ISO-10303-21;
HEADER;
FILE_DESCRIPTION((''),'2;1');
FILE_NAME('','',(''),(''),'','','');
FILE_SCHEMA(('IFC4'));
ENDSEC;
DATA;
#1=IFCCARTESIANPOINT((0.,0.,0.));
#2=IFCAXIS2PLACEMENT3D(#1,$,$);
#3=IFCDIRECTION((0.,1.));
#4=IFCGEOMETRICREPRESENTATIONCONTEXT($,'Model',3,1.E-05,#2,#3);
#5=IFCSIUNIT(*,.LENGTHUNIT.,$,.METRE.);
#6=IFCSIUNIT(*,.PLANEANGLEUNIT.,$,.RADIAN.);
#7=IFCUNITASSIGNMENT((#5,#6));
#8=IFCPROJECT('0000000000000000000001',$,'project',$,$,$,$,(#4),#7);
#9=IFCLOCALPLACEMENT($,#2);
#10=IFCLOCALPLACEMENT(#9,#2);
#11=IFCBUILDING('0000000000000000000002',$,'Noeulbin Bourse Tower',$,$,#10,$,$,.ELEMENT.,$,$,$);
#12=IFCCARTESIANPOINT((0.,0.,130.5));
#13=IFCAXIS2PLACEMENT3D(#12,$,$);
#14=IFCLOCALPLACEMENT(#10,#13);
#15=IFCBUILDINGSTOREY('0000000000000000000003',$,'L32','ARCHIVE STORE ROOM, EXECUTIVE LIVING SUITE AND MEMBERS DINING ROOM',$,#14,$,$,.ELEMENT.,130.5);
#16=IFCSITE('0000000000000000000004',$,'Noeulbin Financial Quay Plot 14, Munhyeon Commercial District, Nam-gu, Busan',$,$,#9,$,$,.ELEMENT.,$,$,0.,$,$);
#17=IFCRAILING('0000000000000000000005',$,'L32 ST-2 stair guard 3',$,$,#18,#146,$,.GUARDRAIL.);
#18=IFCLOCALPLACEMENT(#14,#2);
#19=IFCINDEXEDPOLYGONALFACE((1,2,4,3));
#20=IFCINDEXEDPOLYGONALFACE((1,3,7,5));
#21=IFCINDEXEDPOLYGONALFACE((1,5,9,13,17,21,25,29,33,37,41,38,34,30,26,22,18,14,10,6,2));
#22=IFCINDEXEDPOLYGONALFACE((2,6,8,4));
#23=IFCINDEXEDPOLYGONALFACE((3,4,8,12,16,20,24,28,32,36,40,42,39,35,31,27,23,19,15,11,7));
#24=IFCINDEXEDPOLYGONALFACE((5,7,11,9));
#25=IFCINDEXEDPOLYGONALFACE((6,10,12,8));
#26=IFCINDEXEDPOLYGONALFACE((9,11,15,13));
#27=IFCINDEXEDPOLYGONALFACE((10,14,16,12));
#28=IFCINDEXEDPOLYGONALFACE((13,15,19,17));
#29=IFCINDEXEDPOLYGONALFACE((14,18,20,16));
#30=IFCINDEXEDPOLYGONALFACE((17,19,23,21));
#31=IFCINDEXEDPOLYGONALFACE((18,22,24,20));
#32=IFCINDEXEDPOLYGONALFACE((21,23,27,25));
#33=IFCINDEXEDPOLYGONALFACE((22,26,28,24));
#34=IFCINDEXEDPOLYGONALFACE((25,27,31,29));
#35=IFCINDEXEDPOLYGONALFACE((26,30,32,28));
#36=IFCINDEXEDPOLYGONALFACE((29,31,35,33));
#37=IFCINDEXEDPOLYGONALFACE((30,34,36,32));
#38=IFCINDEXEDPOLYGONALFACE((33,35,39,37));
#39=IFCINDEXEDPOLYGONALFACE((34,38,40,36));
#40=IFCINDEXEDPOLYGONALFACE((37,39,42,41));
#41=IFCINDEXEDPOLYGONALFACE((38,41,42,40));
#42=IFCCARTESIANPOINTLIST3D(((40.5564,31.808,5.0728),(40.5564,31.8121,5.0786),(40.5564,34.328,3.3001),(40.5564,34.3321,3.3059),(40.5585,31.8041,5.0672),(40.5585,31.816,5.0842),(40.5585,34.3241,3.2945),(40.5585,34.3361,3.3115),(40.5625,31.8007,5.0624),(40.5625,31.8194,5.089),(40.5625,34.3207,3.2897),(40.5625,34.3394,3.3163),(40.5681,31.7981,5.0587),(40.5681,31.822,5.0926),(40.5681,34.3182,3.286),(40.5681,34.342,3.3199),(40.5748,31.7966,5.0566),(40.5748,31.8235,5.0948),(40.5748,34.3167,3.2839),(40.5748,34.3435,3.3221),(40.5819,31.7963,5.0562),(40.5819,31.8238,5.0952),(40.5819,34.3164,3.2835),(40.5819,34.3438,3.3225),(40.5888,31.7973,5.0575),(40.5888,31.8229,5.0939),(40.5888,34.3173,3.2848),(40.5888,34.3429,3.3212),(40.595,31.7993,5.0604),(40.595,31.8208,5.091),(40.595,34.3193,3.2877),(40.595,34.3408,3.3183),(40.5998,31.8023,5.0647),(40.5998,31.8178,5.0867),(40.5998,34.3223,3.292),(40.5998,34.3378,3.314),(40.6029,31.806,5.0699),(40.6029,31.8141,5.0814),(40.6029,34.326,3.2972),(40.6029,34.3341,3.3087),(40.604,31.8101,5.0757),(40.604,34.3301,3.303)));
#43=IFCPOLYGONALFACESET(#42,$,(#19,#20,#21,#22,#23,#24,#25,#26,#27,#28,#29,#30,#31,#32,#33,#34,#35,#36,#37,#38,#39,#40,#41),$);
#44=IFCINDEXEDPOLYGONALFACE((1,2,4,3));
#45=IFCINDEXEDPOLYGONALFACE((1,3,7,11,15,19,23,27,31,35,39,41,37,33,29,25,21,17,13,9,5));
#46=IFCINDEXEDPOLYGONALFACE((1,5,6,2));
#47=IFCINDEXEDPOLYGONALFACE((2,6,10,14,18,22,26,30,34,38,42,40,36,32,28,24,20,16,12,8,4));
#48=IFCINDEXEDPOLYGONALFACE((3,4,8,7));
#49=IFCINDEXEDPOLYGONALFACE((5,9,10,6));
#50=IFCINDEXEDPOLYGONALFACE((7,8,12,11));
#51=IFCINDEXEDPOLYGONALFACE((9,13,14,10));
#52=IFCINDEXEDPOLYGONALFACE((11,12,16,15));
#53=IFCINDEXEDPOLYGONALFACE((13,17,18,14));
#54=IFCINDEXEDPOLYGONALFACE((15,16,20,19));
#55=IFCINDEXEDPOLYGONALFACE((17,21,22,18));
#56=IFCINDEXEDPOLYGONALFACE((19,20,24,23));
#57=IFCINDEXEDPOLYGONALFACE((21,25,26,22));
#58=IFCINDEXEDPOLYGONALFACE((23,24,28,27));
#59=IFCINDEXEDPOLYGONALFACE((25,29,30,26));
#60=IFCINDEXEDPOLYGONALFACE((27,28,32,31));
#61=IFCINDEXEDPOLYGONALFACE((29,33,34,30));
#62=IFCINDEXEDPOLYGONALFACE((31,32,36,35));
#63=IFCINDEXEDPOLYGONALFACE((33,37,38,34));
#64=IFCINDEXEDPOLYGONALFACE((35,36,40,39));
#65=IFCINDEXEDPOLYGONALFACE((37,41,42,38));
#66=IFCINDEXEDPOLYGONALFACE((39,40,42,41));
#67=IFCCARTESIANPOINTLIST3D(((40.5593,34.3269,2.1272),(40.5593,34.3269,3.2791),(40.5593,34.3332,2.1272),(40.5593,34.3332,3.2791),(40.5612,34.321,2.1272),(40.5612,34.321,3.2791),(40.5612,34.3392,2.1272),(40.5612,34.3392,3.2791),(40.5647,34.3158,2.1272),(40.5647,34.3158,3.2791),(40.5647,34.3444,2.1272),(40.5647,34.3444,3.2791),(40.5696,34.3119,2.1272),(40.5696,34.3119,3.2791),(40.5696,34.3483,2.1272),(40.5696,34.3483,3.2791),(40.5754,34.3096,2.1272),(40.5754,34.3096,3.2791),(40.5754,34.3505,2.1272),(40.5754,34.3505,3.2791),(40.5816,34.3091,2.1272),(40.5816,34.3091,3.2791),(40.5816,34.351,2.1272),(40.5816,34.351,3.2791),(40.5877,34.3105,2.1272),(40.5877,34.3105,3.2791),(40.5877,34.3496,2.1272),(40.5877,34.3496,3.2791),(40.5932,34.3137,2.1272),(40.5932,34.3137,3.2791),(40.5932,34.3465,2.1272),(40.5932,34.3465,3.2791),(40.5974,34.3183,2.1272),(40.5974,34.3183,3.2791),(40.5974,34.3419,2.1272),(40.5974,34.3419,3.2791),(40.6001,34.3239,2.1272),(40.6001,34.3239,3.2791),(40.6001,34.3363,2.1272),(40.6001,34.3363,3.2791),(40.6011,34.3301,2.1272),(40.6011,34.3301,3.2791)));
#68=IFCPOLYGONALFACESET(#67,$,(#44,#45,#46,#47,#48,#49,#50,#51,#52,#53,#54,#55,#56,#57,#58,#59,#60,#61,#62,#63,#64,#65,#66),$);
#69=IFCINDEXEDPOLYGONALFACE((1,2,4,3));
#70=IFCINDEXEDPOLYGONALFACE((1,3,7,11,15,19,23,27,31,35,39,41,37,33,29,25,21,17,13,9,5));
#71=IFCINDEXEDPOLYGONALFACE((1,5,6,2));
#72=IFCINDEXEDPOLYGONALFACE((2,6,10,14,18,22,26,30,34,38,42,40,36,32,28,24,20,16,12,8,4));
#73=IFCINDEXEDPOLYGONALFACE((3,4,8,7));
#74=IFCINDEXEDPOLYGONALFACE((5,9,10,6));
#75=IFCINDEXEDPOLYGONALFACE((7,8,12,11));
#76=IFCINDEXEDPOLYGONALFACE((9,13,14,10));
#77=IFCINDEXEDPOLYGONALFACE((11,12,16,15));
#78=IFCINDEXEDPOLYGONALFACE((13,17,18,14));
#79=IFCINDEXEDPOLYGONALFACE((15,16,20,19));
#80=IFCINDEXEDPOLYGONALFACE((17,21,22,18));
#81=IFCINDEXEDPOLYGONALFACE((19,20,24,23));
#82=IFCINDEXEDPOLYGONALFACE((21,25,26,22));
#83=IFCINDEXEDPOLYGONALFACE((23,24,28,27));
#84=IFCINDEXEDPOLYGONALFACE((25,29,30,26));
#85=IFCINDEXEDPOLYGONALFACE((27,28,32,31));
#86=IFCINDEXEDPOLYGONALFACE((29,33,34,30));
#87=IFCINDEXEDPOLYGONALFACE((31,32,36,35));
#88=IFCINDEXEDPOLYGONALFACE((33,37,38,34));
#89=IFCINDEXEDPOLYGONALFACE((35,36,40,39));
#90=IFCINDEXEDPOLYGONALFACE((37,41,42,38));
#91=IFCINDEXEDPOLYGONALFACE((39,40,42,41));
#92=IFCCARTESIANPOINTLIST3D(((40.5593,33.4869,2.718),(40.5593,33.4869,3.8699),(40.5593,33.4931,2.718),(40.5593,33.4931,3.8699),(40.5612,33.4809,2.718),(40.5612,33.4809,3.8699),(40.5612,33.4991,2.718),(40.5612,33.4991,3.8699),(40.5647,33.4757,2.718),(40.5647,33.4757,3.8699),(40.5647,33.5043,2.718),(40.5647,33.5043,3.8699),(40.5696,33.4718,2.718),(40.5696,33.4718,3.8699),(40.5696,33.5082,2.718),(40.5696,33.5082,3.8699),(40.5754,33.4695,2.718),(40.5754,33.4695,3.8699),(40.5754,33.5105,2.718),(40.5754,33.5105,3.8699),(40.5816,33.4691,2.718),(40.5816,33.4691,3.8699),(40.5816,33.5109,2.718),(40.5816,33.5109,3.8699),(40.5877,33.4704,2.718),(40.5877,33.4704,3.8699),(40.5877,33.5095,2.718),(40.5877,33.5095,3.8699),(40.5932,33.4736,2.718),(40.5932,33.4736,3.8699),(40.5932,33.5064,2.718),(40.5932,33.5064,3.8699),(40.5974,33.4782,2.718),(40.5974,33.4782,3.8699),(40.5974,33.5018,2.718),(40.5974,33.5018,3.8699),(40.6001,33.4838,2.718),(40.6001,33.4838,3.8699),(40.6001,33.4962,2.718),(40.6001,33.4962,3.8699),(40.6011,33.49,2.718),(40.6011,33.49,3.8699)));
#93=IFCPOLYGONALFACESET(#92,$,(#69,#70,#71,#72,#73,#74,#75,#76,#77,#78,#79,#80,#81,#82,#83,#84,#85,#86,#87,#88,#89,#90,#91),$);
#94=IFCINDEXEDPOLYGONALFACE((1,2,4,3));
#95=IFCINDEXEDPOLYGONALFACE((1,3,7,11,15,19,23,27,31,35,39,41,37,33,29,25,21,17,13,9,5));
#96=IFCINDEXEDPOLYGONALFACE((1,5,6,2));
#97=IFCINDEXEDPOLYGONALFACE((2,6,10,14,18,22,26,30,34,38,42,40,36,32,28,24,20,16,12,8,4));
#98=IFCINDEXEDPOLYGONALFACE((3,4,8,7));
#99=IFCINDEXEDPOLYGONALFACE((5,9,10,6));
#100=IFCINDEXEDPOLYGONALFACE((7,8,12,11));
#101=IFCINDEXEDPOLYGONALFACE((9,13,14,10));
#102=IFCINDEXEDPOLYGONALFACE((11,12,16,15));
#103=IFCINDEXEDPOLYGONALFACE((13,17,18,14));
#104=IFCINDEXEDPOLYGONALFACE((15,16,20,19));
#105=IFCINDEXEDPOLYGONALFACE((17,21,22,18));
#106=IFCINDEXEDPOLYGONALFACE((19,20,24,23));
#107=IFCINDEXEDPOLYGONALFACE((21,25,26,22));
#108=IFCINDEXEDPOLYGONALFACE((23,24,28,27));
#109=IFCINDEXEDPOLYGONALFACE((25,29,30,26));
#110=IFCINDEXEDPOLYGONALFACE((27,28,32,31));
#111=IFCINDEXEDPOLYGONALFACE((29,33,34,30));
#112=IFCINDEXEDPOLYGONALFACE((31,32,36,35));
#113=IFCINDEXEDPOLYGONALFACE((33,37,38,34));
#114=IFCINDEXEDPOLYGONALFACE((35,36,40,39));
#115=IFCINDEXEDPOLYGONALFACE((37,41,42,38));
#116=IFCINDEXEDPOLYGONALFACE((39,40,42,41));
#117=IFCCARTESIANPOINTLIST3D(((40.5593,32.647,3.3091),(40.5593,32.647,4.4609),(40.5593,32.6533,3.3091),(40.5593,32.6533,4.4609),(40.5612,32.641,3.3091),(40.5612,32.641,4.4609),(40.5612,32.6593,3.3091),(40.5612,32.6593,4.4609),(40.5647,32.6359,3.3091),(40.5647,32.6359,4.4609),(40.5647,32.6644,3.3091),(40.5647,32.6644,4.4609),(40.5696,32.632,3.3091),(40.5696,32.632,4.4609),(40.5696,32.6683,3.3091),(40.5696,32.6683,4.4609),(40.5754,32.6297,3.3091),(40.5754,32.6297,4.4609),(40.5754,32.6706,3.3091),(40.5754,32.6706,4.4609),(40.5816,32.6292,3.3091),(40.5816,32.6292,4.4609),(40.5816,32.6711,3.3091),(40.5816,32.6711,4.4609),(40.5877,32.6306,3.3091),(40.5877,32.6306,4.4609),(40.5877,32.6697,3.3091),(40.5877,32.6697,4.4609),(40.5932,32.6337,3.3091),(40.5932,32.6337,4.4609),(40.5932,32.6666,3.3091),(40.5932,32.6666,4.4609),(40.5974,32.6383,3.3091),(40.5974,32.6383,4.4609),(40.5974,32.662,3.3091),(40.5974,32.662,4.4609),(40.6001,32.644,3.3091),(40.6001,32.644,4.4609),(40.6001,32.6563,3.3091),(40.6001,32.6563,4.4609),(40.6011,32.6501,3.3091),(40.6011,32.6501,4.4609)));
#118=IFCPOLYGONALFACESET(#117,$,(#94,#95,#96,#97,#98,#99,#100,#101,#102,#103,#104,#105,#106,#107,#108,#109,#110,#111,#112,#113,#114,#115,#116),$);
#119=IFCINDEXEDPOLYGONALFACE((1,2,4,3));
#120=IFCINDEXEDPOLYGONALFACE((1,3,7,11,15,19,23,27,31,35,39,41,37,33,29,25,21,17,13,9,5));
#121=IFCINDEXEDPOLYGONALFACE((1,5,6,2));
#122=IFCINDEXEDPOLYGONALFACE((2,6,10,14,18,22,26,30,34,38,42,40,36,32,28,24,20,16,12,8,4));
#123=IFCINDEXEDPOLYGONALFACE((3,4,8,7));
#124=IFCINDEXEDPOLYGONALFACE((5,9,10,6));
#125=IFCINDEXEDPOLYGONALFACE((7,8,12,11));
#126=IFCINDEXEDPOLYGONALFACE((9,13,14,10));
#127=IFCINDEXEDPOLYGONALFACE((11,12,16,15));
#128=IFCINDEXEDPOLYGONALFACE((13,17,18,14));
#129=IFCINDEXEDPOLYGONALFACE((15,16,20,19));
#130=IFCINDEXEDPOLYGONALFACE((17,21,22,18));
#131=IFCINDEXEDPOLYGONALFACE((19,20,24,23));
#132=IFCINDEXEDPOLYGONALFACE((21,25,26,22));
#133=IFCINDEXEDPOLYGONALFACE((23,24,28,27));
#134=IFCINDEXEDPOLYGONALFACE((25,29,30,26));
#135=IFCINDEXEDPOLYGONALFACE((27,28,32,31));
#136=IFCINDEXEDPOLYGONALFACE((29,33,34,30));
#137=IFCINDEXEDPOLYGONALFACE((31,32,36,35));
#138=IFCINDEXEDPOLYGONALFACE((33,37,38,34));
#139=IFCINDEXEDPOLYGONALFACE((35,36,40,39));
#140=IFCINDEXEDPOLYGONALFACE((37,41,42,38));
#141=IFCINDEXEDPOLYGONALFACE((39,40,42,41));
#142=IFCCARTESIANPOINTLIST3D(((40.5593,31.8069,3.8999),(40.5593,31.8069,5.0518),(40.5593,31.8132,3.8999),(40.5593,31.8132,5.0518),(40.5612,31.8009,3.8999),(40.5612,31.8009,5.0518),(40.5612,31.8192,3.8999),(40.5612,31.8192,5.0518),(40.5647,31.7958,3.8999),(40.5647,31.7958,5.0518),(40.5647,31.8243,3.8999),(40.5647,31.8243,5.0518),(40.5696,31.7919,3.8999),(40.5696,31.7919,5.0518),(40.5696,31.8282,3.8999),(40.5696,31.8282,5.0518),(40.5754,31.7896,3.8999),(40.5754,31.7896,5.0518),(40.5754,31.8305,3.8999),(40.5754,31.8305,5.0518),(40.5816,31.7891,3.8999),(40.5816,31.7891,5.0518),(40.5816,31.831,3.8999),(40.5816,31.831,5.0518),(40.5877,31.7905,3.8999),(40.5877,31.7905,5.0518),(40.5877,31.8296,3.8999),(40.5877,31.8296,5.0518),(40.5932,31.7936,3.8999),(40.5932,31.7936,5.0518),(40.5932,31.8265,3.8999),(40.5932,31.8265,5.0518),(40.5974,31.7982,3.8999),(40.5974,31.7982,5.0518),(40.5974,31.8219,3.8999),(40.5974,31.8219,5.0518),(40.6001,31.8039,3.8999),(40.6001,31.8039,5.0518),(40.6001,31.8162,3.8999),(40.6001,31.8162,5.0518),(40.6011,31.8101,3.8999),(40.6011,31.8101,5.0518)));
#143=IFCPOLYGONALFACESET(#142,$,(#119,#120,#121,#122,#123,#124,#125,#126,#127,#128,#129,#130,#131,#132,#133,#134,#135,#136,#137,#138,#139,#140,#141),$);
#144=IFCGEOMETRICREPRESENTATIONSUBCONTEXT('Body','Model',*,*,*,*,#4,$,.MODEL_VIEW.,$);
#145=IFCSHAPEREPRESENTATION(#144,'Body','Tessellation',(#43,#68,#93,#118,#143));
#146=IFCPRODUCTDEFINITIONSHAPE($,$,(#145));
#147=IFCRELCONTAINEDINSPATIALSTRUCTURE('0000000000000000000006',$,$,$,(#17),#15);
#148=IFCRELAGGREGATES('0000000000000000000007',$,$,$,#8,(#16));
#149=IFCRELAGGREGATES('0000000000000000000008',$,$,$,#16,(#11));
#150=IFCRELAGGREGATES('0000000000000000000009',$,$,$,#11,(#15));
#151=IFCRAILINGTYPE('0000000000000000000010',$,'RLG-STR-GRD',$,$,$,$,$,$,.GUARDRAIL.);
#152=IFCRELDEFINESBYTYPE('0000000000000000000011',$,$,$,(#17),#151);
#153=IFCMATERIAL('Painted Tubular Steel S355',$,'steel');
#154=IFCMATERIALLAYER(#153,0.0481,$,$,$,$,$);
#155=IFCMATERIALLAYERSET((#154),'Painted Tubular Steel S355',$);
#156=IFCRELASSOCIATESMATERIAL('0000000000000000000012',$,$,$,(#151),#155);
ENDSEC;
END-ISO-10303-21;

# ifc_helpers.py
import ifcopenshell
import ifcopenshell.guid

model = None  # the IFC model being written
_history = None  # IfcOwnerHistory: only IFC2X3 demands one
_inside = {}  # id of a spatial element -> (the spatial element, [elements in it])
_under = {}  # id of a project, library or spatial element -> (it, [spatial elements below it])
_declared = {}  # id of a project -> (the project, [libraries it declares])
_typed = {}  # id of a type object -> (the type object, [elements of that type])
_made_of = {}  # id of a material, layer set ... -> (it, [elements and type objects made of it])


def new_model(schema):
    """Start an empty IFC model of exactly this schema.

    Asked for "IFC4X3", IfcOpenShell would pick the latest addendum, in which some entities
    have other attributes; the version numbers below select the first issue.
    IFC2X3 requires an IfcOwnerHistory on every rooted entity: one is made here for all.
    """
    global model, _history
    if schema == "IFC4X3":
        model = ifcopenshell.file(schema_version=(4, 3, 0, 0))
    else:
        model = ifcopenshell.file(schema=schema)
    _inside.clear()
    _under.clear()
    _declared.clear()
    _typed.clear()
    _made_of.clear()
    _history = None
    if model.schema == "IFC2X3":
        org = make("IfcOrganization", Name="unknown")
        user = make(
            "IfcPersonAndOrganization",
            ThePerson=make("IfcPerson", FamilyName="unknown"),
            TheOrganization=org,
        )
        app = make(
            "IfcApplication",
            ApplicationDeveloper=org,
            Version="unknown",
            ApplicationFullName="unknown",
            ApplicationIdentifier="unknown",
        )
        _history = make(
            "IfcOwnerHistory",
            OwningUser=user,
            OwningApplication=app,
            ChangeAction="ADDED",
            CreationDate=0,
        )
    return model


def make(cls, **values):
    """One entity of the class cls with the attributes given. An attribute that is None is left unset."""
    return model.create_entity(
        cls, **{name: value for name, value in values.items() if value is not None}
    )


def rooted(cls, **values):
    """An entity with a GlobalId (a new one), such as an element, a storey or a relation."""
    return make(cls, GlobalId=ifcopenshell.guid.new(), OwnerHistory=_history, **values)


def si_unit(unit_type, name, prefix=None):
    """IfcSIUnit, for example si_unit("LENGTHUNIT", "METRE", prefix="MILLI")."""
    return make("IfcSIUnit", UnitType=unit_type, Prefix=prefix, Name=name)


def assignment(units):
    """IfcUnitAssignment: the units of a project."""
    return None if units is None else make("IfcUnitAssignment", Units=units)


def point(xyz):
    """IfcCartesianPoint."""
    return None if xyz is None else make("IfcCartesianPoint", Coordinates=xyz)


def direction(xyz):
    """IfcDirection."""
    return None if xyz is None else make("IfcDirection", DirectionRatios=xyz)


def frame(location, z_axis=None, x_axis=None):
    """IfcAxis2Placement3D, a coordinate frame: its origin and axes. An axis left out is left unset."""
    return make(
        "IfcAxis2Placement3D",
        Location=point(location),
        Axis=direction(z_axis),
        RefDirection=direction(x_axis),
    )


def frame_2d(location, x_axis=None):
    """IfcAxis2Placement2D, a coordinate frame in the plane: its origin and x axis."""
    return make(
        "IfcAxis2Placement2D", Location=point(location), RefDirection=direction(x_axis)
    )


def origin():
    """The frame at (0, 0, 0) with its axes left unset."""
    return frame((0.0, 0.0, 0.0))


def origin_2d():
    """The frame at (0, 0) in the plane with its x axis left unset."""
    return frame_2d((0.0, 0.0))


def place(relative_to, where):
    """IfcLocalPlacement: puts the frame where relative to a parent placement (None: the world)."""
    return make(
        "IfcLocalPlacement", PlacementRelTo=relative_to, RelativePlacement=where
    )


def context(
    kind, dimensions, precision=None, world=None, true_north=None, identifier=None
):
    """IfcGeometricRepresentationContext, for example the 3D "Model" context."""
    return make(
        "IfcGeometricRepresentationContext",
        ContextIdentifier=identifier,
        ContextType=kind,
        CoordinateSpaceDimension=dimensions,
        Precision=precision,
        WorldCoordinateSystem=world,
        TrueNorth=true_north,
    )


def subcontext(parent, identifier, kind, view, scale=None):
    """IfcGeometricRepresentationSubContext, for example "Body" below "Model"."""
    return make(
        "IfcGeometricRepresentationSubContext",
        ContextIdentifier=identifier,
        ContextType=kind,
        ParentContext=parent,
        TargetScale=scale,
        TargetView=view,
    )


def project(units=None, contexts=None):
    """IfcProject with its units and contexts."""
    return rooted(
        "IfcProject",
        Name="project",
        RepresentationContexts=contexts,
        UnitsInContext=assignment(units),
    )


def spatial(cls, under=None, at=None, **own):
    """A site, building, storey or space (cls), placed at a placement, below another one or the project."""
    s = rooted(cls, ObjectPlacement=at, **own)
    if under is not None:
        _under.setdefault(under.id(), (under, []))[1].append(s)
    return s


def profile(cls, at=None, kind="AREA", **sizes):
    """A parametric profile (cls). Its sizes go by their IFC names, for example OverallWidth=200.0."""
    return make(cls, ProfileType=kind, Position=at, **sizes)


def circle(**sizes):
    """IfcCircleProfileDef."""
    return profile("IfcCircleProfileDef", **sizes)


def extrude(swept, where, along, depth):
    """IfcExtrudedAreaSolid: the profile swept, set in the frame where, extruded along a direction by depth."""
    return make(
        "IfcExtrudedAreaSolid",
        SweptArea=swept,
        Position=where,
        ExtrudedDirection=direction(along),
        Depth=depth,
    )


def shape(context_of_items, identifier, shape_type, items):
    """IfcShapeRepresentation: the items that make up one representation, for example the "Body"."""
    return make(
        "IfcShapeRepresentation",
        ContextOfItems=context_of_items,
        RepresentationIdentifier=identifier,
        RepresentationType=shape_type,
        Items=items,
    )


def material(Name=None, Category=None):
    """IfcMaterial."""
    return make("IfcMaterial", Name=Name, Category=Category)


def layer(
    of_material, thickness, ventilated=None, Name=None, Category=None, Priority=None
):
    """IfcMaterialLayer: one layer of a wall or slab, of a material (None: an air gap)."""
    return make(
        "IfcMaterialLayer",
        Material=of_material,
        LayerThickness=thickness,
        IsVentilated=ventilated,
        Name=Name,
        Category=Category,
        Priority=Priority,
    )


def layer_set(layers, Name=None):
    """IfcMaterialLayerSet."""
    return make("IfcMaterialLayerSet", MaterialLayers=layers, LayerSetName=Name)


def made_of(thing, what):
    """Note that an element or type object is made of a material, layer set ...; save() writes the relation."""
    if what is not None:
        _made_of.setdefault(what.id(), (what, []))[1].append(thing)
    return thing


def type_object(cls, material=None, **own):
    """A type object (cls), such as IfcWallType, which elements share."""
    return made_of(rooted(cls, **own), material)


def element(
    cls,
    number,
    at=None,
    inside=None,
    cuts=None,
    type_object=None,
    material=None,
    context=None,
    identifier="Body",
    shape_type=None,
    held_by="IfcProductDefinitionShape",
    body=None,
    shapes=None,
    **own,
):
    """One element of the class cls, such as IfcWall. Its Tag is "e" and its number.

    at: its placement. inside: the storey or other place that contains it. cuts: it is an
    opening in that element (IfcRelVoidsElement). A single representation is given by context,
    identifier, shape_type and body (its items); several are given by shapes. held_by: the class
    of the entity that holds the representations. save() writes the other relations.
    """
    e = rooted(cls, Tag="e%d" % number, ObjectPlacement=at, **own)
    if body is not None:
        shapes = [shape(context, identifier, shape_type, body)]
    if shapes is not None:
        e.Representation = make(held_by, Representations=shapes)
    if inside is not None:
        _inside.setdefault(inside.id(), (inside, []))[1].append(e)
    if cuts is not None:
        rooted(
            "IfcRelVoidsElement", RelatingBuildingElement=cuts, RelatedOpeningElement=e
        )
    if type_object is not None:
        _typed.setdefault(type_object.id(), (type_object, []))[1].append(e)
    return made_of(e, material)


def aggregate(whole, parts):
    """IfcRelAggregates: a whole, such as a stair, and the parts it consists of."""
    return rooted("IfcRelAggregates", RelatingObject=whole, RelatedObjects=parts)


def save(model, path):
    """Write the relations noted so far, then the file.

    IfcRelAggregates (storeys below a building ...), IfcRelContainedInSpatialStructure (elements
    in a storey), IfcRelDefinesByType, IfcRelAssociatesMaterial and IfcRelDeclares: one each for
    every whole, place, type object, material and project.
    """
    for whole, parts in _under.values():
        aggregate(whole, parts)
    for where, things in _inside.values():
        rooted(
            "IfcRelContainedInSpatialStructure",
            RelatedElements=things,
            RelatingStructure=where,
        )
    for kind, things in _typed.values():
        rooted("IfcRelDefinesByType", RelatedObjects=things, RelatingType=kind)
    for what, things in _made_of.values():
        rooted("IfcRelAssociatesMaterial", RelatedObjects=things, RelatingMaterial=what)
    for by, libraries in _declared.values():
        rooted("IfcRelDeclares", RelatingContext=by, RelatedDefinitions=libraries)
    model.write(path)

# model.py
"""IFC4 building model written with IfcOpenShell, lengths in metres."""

from ifc_helpers import new_model, si_unit, direction, frame, origin, origin_2d, place, context, subcontext, project, spatial, circle, extrude, material, layer, layer_set, type_object, element, save


model = new_model("IFC4")

# Units and contexts
model_context = context("Model", 3, precision=1e-05, world=origin(), true_north=direction((0.0, 1.0)))
body_context = subcontext(model_context, "Body", "Model", "MODEL_VIEW")
ifc_project = project(units=[si_unit("LENGTHUNIT", "METRE"), si_unit("PLANEANGLEUNIT", "RADIAN")], contexts=[model_context])

# Site, building, storey
site_placement = place(None, origin())
site = spatial("IfcSite", under=ifc_project, at=site_placement, Name="Noeulbin Financial Quay Plot 14, Munhyeon Commercial District, Nam-gu, Busan", CompositionType="ELEMENT", RefElevation=0.0)
building_placement = place(site_placement, origin())
building = spatial("IfcBuilding", under=site, at=building_placement, Name="Noeulbin Bourse Tower", CompositionType="ELEMENT")
storey_placement = place(building_placement, frame((0.0, 0.0, 130.5)))
storey = spatial("IfcBuildingStorey", under=building, at=storey_placement, Name="L32", Description="ARCHIVE STORE ROOM, EXECUTIVE LIVING SUITE AND MEMBERS DINING ROOM", CompositionType="ELEMENT", Elevation=130.5)

# Railing
ifc_material_1 = material(Name="Painted Tubular Steel S355", Category="steel")
ifc_layer_1 = layer(ifc_material_1, 0.0481)
ifc_layer_set_1 = layer_set([ifc_layer_1], Name="Painted Tubular Steel S355")
railing_type = type_object("IfcRailingType", Name="RLG-STR-GRD", PredefinedType="GUARDRAIL", material=ifc_layer_set_1)
railing_placement = place(storey_placement, frame((40.5801, 34.3301, 2.1272)))
element("IfcRailing", 1, at=railing_placement, inside=storey, type_object=railing_type, Name="L32 ST-2 stair guard 3", PredefinedType="GUARDRAIL", context=body_context, shape_type="SweptSolid", body=[
    extrude(circle(Radius=0.0239, at=origin_2d()), frame((0.0, 0.0, 1.1758), z_axis=(0.0, -0.817904, 0.575354), x_axis=(1.0, 0.0, 0.0)), (0.0, 0.0, 1.0), 3.0811),
    extrude(circle(Radius=0.021, at=origin_2d()), origin(), (0.0, 0.0, 1.0), 1.1519),
    extrude(circle(Radius=0.021, at=origin_2d()), frame((0.0, -0.8401, 0.5908)), (0.0, 0.0, 1.0), 1.1519),
    extrude(circle(Radius=0.021, at=origin_2d()), frame((0.0, -1.6799, 1.1819)), (0.0, 0.0, 1.0), 1.1519),
    extrude(circle(Radius=0.021, at=origin_2d()), frame((0.0, -2.52, 1.7727)), (0.0, 0.0, 1.0), 1.1519),
])

save(model, "model.ifc")
